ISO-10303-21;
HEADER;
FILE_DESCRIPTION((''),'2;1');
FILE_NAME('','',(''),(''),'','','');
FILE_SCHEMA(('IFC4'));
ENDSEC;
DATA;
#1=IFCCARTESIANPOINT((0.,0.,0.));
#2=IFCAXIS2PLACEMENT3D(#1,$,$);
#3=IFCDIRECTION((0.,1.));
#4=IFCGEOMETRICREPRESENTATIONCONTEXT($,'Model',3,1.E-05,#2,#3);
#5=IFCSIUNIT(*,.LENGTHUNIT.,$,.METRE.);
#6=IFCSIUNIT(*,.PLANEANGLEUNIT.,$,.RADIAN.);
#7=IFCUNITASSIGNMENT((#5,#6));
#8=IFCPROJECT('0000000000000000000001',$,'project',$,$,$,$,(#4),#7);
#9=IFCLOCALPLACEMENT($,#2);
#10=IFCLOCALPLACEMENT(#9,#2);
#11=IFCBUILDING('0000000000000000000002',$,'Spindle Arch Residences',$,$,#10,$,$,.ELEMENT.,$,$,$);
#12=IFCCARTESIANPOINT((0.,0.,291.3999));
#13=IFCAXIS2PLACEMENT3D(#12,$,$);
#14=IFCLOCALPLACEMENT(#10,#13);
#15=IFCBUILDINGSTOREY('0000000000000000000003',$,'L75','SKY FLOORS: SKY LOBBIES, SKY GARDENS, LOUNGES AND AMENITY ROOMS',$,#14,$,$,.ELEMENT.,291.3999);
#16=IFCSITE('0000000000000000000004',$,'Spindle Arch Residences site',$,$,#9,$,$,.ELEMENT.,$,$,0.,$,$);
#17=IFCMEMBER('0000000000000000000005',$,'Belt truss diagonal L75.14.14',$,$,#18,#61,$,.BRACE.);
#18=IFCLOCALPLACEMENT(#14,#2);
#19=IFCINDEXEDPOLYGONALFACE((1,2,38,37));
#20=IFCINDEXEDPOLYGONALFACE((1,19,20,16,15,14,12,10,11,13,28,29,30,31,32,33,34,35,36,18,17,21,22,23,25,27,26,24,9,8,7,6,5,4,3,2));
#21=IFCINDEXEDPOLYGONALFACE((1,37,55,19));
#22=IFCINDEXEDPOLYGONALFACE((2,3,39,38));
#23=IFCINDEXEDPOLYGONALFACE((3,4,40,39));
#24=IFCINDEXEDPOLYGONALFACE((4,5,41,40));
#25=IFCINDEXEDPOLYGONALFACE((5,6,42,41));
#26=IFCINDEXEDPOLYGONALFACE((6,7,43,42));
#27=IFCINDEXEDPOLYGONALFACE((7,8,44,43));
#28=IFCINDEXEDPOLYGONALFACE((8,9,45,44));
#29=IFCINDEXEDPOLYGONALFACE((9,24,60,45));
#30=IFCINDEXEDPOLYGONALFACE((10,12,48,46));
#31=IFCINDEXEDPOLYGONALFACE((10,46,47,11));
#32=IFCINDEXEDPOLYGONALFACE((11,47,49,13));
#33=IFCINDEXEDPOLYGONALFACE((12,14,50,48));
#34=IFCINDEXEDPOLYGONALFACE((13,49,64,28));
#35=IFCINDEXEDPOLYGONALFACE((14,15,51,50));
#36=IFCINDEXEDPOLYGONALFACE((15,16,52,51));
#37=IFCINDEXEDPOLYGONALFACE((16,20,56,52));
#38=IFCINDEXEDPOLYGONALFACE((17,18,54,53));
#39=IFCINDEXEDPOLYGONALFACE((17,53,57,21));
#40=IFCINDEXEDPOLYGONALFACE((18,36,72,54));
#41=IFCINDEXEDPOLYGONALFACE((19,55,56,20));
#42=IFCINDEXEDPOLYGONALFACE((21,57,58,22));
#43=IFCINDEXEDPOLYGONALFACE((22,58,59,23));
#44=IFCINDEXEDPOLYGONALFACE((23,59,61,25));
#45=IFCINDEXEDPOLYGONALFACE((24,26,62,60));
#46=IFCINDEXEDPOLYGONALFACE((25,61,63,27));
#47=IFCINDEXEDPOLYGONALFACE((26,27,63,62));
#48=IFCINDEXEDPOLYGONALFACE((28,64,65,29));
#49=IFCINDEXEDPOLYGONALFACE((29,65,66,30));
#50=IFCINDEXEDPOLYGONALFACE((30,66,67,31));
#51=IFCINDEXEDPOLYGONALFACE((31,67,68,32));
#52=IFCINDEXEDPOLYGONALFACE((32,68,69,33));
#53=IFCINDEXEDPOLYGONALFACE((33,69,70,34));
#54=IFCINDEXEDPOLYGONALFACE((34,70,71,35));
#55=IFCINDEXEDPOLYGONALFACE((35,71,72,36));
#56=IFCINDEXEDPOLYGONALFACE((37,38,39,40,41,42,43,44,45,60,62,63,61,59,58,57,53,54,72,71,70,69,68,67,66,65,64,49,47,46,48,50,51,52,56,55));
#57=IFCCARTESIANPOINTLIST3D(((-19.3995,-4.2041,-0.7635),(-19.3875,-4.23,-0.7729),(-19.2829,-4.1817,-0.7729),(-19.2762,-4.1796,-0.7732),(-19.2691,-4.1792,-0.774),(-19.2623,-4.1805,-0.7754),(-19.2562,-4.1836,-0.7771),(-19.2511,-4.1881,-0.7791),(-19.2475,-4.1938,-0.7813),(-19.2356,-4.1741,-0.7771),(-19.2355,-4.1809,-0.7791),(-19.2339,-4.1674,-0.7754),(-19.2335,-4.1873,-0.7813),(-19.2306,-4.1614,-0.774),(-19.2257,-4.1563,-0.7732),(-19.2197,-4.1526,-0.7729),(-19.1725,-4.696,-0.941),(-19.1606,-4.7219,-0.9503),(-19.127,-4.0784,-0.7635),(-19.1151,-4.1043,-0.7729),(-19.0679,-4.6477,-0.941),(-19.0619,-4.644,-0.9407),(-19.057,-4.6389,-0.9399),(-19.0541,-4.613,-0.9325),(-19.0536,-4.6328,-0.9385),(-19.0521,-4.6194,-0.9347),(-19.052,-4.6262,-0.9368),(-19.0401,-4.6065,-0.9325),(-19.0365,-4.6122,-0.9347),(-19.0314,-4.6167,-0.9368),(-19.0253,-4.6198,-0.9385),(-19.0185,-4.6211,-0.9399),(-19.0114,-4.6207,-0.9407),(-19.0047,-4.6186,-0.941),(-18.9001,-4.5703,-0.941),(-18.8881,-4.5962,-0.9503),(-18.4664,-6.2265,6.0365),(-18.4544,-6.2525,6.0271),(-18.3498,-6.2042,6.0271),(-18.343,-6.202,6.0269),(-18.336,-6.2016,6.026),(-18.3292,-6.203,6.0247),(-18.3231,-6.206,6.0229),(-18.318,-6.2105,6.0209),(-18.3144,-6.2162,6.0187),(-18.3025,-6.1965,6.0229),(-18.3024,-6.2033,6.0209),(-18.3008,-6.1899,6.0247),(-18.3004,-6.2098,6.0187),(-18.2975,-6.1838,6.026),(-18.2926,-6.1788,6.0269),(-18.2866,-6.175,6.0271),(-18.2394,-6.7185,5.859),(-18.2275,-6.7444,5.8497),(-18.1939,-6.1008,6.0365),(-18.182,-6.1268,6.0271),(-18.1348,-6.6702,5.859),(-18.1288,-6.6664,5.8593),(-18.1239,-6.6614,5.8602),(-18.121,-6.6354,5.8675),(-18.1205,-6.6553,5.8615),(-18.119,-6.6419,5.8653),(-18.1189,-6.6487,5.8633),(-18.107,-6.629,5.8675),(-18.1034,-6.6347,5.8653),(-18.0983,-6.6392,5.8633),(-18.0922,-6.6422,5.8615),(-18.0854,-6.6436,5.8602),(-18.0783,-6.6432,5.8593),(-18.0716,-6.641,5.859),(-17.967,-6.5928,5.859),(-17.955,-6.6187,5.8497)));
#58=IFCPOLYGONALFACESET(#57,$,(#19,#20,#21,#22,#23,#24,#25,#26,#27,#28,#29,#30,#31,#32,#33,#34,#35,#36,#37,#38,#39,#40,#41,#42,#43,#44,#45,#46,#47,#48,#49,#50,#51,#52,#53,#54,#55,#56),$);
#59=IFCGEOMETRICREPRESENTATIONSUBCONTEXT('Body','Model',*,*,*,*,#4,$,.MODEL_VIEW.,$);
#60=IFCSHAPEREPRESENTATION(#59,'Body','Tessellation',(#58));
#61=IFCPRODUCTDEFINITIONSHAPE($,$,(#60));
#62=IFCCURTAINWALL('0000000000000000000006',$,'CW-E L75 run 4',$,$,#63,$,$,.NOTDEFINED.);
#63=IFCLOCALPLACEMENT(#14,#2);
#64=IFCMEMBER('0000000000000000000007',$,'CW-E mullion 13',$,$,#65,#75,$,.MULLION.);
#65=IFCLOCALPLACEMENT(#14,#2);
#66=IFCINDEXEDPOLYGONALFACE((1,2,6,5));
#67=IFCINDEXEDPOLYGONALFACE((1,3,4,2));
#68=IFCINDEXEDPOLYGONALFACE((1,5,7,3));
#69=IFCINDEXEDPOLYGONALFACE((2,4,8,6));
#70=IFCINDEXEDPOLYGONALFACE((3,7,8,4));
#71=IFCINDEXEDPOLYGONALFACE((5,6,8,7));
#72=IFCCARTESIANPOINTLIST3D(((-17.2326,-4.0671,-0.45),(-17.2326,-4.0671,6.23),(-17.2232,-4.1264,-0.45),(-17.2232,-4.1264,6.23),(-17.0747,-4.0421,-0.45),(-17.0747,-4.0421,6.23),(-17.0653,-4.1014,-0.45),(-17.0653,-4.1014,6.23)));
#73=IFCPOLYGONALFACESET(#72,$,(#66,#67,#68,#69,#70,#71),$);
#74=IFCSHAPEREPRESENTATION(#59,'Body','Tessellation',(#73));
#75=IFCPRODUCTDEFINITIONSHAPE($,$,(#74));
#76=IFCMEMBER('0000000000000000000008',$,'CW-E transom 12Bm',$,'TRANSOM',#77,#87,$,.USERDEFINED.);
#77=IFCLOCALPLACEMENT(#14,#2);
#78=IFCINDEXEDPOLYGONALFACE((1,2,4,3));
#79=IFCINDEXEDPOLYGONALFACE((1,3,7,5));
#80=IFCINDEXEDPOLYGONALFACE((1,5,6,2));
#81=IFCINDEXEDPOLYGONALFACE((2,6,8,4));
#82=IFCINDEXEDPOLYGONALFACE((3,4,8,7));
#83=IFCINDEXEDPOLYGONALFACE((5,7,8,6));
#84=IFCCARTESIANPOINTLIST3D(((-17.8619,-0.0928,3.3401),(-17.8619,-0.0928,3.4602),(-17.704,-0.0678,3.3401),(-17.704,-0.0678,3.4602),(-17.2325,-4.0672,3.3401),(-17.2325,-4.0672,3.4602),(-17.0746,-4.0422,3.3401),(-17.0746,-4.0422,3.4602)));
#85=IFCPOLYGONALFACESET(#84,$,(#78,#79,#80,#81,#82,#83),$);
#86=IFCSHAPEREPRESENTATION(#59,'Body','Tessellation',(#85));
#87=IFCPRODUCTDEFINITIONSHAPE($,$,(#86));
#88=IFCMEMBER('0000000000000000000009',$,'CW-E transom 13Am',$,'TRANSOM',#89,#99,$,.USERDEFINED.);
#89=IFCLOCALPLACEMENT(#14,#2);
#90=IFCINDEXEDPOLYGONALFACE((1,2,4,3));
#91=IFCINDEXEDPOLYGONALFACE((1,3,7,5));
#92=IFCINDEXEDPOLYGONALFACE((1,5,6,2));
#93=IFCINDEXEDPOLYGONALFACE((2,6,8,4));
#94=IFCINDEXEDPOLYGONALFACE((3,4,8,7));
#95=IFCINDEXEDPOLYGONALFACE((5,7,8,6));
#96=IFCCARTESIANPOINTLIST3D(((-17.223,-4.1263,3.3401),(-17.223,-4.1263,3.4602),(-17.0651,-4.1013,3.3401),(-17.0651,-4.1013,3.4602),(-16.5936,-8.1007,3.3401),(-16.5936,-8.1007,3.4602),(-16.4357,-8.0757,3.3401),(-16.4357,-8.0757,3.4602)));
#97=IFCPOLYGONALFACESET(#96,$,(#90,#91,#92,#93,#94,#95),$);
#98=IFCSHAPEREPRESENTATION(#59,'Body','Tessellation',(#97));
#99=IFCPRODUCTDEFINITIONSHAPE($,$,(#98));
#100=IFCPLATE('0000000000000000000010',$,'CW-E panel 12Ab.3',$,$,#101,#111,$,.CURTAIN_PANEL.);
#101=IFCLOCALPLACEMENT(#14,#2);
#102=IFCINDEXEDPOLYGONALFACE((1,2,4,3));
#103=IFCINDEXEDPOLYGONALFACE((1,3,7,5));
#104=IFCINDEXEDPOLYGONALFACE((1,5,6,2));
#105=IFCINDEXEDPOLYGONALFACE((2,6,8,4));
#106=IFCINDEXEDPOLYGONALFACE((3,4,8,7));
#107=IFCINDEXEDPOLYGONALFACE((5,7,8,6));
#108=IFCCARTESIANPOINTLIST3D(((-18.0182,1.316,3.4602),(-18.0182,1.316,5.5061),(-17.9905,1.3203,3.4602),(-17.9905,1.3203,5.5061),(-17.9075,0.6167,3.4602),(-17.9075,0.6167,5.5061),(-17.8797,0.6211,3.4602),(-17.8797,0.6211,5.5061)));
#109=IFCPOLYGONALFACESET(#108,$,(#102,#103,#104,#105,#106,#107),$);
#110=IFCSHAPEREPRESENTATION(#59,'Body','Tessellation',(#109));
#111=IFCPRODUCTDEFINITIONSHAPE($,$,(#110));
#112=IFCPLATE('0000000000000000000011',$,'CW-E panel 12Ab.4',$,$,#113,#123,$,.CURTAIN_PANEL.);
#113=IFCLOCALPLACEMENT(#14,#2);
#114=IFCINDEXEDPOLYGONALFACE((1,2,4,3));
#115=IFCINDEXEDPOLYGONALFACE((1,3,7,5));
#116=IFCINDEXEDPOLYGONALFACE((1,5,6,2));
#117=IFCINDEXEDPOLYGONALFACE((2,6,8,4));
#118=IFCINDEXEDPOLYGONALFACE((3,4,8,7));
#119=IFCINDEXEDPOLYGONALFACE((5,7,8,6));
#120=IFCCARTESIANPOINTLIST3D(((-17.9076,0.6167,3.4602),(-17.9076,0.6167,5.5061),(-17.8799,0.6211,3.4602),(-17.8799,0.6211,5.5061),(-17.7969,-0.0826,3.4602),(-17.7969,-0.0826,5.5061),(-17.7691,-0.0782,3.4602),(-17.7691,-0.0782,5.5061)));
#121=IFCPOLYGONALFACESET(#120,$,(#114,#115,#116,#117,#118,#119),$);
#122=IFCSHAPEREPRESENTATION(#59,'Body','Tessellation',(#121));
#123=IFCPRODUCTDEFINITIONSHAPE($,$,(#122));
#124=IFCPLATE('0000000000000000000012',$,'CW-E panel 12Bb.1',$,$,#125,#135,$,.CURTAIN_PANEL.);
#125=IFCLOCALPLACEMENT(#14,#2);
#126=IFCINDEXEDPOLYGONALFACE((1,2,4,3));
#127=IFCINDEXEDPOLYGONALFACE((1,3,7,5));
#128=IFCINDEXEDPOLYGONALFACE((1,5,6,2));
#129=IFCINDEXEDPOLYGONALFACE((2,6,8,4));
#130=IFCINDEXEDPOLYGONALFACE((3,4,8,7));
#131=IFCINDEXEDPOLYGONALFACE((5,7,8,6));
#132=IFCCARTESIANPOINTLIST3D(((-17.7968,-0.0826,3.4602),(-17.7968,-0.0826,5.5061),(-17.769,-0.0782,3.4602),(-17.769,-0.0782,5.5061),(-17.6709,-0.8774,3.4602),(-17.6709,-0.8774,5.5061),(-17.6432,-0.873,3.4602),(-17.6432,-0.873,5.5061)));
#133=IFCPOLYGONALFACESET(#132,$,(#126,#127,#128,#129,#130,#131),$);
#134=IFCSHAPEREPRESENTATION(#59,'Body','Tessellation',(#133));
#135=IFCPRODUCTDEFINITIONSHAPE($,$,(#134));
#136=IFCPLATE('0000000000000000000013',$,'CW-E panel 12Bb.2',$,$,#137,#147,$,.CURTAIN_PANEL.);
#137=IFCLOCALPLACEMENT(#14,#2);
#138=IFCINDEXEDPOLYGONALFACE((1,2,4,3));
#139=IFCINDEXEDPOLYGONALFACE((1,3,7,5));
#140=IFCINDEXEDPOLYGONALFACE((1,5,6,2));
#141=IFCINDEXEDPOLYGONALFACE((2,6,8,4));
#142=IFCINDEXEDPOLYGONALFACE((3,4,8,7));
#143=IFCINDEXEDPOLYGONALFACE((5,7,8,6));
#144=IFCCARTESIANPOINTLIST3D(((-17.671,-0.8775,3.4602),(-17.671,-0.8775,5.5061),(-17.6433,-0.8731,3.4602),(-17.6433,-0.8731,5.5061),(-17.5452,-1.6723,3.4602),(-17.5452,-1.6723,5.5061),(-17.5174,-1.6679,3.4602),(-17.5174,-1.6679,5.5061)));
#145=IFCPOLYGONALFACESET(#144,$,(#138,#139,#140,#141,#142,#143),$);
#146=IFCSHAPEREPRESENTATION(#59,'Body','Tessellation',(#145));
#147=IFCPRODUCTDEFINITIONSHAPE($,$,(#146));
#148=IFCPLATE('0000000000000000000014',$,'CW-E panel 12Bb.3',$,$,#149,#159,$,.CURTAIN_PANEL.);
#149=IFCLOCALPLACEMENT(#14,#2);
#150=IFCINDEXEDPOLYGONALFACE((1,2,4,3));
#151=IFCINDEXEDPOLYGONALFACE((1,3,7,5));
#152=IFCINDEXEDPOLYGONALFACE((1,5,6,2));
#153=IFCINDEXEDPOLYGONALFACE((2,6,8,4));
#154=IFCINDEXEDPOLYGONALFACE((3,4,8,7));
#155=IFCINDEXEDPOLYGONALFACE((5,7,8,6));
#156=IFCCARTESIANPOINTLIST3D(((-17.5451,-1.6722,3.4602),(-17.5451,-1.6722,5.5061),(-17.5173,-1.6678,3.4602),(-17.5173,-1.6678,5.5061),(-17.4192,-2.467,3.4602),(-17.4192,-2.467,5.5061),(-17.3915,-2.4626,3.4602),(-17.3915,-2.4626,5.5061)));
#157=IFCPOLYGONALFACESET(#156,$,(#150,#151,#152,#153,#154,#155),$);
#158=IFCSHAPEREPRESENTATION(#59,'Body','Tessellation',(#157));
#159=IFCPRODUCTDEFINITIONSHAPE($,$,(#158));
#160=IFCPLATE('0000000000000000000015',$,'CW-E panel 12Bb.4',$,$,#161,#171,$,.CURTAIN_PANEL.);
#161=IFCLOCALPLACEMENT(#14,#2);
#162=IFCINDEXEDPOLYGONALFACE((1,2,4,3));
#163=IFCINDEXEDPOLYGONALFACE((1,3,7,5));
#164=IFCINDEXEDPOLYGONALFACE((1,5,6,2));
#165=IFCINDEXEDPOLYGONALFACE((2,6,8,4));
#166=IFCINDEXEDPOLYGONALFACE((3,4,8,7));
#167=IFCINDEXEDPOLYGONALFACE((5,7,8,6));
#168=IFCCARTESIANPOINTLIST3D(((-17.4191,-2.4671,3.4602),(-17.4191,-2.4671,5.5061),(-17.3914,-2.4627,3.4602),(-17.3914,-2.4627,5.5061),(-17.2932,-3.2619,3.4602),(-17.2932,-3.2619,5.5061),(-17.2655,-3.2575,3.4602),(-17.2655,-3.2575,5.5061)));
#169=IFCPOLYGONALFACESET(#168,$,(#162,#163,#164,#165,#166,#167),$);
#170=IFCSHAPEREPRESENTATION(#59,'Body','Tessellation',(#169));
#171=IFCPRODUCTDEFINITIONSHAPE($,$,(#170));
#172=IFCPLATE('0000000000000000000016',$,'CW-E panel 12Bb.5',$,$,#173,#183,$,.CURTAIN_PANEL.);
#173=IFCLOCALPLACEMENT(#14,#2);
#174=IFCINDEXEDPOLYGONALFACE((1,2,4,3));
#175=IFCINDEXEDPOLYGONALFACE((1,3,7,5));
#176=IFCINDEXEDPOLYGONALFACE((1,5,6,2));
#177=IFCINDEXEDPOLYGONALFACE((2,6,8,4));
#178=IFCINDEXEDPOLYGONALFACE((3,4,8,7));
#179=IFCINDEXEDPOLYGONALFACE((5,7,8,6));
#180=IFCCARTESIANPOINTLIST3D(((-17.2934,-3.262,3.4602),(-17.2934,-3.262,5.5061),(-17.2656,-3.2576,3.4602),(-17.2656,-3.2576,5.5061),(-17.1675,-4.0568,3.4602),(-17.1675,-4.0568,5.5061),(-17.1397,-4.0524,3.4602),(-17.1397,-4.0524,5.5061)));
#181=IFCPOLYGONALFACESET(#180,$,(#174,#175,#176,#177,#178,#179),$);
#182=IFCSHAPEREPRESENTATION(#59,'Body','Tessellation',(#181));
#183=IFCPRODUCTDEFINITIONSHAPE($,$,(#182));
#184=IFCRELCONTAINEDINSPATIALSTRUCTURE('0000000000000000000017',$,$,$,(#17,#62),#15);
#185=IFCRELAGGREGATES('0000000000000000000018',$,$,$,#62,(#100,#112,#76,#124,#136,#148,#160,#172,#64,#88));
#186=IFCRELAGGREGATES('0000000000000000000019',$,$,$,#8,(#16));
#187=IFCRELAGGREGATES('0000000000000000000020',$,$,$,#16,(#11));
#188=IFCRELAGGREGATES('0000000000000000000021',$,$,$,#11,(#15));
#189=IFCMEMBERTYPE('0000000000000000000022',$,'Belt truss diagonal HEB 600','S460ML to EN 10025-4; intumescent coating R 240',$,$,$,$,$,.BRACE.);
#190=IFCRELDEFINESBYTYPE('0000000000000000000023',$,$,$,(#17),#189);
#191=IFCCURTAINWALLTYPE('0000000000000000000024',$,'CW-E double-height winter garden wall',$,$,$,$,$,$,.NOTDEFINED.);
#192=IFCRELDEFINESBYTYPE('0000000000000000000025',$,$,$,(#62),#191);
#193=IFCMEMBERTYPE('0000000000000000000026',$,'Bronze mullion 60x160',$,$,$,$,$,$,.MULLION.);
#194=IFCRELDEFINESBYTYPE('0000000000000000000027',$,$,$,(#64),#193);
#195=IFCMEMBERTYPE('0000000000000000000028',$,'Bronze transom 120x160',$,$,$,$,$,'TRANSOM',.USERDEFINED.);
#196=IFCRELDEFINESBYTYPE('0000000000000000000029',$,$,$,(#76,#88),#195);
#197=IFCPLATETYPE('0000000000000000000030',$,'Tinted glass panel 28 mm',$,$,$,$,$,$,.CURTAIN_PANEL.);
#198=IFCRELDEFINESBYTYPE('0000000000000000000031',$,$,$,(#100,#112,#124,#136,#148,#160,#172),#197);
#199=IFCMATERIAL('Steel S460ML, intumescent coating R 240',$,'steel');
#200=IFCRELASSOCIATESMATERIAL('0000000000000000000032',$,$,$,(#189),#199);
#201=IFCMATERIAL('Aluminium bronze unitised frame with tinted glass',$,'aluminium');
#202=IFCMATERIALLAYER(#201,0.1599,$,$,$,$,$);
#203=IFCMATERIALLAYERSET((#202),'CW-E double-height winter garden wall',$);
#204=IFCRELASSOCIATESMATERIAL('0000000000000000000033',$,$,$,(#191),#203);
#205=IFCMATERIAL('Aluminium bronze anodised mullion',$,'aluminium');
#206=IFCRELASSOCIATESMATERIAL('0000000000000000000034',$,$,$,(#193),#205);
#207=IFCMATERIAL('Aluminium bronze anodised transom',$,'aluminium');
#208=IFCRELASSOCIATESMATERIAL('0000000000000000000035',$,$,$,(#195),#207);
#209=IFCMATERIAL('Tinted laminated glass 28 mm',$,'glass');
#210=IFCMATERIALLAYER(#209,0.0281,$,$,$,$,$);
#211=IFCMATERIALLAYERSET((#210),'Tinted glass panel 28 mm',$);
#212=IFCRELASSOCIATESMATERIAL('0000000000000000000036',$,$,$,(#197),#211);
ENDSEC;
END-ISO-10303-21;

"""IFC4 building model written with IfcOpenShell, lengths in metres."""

from ifc_helpers import new_model, si_unit, direction, frame, origin, origin_2d, place, context, subcontext, project, spatial, rectangle, i_section, extrude, material, layer, layer_set, material_profile, profile_set, type_object, element, aggregate, save


model = new_model("IFC4")

# Units and contexts
model_context = context("Model", 3, precision=1e-05, world=origin(), true_north=direction((0.0, 1.0)))
body_context = subcontext(model_context, "Body", "Model", "MODEL_VIEW")
ifc_project = project(units=[si_unit("LENGTHUNIT", "METRE"), si_unit("PLANEANGLEUNIT", "RADIAN")], contexts=[model_context])

# Site, building, storey
site_placement = place(None, origin())
site = spatial("IfcSite", under=ifc_project, at=site_placement, Name="Spindle Arch Residences site", CompositionType="ELEMENT", RefElevation=0.0)
building_placement = place(site_placement, origin())
building = spatial("IfcBuilding", under=site, at=building_placement, Name="Spindle Arch Residences", CompositionType="ELEMENT")
storey_placement = place(building_placement, frame((0.0, 0.0, 291.3999)))
storey = spatial("IfcBuildingStorey", under=building, at=storey_placement, Name="L75", Description="SKY FLOORS: SKY LOBBIES, SKY GARDENS, LOUNGES AND AMENITY ROOMS", CompositionType="ELEMENT", Elevation=291.3999)

# Member
ifc_material_1 = material(Name="Steel S460ML, intumescent coating R 240", Category="steel")
ifc_material_profile_1 = material_profile(ifc_material_1, i_section(OverallWidth=0.3, OverallDepth=0.6001, WebThickness=0.0154, FlangeThickness=0.03, FilletRadius=0.0271, at=origin_2d()), Name="HEB 600")
ifc_profile_set_1 = profile_set([ifc_material_profile_1], Name="Steel S460ML, intumescent coating R 240")
member_type_1 = type_object("IfcMemberType", Name="Belt truss diagonal HEB 600", Description="S460ML to EN 10025-4; intumescent coating R 240", PredefinedType="BRACE", material=ifc_profile_set_1)
member_1_placement = place(storey_placement, frame((-19.1438, -4.4001, -0.8569), z_axis=(0.130403, -0.282643, 0.95032), x_axis=(0.908017, 0.418933, 0.0)))
element("IfcMember", 1, at=member_1_placement, inside=storey, type_object=member_type_1, Name="Belt truss diagonal L75.14.14", PredefinedType="BRACE", context=body_context, shape_type="SweptSolid", body=[
    extrude(i_section(OverallWidth=0.3, OverallDepth=0.6001, WebThickness=0.0154, FlangeThickness=0.03, FilletRadius=0.0271, at=origin_2d()), origin(), (0.0, 0.0, 1.0), 7.1555),
])

# Curtain wall, members, plates
ifc_material_2 = material(Name="Aluminium bronze unitised frame with tinted glass", Category="aluminium")
ifc_layer_1 = layer(ifc_material_2, 0.1599)
ifc_layer_set_1 = layer_set([ifc_layer_1], Name="CW-E double-height winter garden wall")
curtain_wall_type = type_object("IfcCurtainWallType", Name="CW-E double-height winter garden wall", PredefinedType="NOTDEFINED", material=ifc_layer_set_1)
curtain_wall_placement = place(storey_placement, origin())
curtain_wall = element("IfcCurtainWall", 2, at=curtain_wall_placement, inside=storey, type_object=curtain_wall_type, Name="CW-E L75 run 4", PredefinedType="NOTDEFINED")
ifc_material_3 = material(Name="Aluminium bronze anodised mullion", Category="aluminium")
ifc_material_profile_2 = material_profile(ifc_material_3, rectangle(XDim=0.1599, YDim=0.0601, at=origin_2d()), Name="MU 60x160")
ifc_profile_set_2 = profile_set([ifc_material_profile_2], Name="Aluminium bronze anodised mullion")
member_type_2 = type_object("IfcMemberType", Name="Bronze mullion 60x160", PredefinedType="MULLION", material=ifc_profile_set_2)
member_2_placement = place(storey_placement, frame((-17.1489, -4.0842, -0.45), z_axis=(0.0, 0.0, 1.0), x_axis=(0.987688, 0.156434, 0.0)))
member_2 = element("IfcMember", 3, at=member_2_placement, type_object=member_type_2, Name="CW-E mullion 13", PredefinedType="MULLION", context=body_context, shape_type="SweptSolid", body=[
    extrude(rectangle(XDim=0.1599, YDim=0.0601, at=origin_2d()), origin(), (0.0, 0.0, 1.0), 6.6799),
])
ifc_material_4 = material(Name="Aluminium bronze anodised transom", Category="aluminium")
ifc_material_profile_3 = material_profile(ifc_material_4, rectangle(XDim=0.1599, YDim=0.1201, at=origin_2d()), Name="TR 120x160")
ifc_profile_set_3 = profile_set([ifc_material_profile_3], Name="Aluminium bronze anodised transom")
member_type_3 = type_object("IfcMemberType", Name="Bronze transom 120x160", ElementType="TRANSOM", PredefinedType="USERDEFINED", material=ifc_profile_set_3)
member_3_placement = place(storey_placement, frame((-17.783, -0.0803, 3.4001), z_axis=(0.156414, -0.987692, 0.0), x_axis=(0.987692, 0.156414, 0.0)))
member_3 = element("IfcMember", 4, at=member_3_placement, type_object=member_type_3, Name="CW-E transom 12Bm", ObjectType="TRANSOM", PredefinedType="USERDEFINED", context=body_context, shape_type="SweptSolid", body=[
    extrude(rectangle(XDim=0.1599, YDim=0.1201, at=origin_2d()), origin(), (0.0, 0.0, 1.0), 4.0239),
])
member_4_placement = place(storey_placement, frame((-17.144, -4.1138, 3.4001), z_axis=(0.156414, -0.987692, 0.0), x_axis=(0.987692, 0.156414, 0.0)))
member_4 = element("IfcMember", 5, at=member_4_placement, type_object=member_type_3, Name="CW-E transom 13Am", ObjectType="TRANSOM", PredefinedType="USERDEFINED", context=body_context, shape_type="SweptSolid", body=[
    extrude(rectangle(XDim=0.1599, YDim=0.1201, at=origin_2d()), origin(), (0.0, 0.0, 1.0), 4.0239),
])
ifc_material_5 = material(Name="Tinted laminated glass 28 mm", Category="glass")
ifc_layer_2 = layer(ifc_material_5, 0.0281)
ifc_layer_set_2 = layer_set([ifc_layer_2], Name="Tinted glass panel 28 mm")
plate_type_1 = type_object("IfcPlateType", Name="Tinted glass panel 28 mm", PredefinedType="CURTAIN_PANEL", material=ifc_layer_set_2)
plate_1_placement = place(storey_placement, frame((-17.949, 0.9685, 3.4602), z_axis=(0.0, 0.0, 1.0), x_axis=(0.156434, -0.987688, 0.0)))
plate_1 = element("IfcPlate", 6, at=plate_1_placement, type_object=plate_type_1, Name="CW-E panel 12Ab.3", PredefinedType="CURTAIN_PANEL", context=body_context, shape_type="SweptSolid", body=[
    extrude(rectangle(XDim=0.708, YDim=0.0281, at=origin_2d()), origin(), (0.0, 0.0, 1.0), 2.0459),
])
plate_2_placement = place(storey_placement, frame((-17.8384, 0.2693, 3.4602), z_axis=(0.0, 0.0, 1.0), x_axis=(0.156434, -0.987688, 0.0)))
plate_2 = element("IfcPlate", 7, at=plate_2_placement, type_object=plate_type_1, Name="CW-E panel 12Ab.4", PredefinedType="CURTAIN_PANEL", context=body_context, shape_type="SweptSolid", body=[
    extrude(rectangle(XDim=0.708, YDim=0.0281, at=origin_2d()), origin(), (0.0, 0.0, 1.0), 2.0459),
])
plate_3_placement = place(storey_placement, frame((-17.72, -0.4778, 3.4602), z_axis=(0.0, 0.0, 1.0), x_axis=(0.156434, -0.987688, 0.0)))
plate_3 = element("IfcPlate", 8, at=plate_3_placement, type_object=plate_type_1, Name="CW-E panel 12Bb.1", PredefinedType="CURTAIN_PANEL", context=body_context, shape_type="SweptSolid", body=[
    extrude(rectangle(XDim=0.8047, YDim=0.0281, at=origin_2d()), origin(), (0.0, 0.0, 1.0), 2.0459),
])
plate_4_placement = place(storey_placement, frame((-17.5942, -1.2727, 3.4602), z_axis=(0.0, 0.0, 1.0), x_axis=(0.156434, -0.987688, 0.0)))
plate_4 = element("IfcPlate", 9, at=plate_4_placement, type_object=plate_type_1, Name="CW-E panel 12Bb.2", PredefinedType="CURTAIN_PANEL", context=body_context, shape_type="SweptSolid", body=[
    extrude(rectangle(XDim=0.8047, YDim=0.0281, at=origin_2d()), origin(), (0.0, 0.0, 1.0), 2.0459),
])
plate_5_placement = place(storey_placement, frame((-17.4683, -2.0674, 3.4602), z_axis=(0.0, 0.0, 1.0), x_axis=(0.156434, -0.987688, 0.0)))
plate_5 = element("IfcPlate", 10, at=plate_5_placement, type_object=plate_type_1, Name="CW-E panel 12Bb.3", PredefinedType="CURTAIN_PANEL", context=body_context, shape_type="SweptSolid", body=[
    extrude(rectangle(XDim=0.8047, YDim=0.0281, at=origin_2d()), origin(), (0.0, 0.0, 1.0), 2.0459),
])
plate_6_placement = place(storey_placement, frame((-17.3423, -2.8623, 3.4602), z_axis=(0.0, 0.0, 1.0), x_axis=(0.156434, -0.987688, 0.0)))
plate_6 = element("IfcPlate", 11, at=plate_6_placement, type_object=plate_type_1, Name="CW-E panel 12Bb.4", PredefinedType="CURTAIN_PANEL", context=body_context, shape_type="SweptSolid", body=[
    extrude(rectangle(XDim=0.8047, YDim=0.0281, at=origin_2d()), origin(), (0.0, 0.0, 1.0), 2.0459),
])
plate_7_placement = place(storey_placement, frame((-17.2166, -3.6572, 3.4602), z_axis=(0.0, 0.0, 1.0), x_axis=(0.156434, -0.987688, 0.0)))
plate_7 = element("IfcPlate", 12, at=plate_7_placement, type_object=plate_type_1, Name="CW-E panel 12Bb.5", PredefinedType="CURTAIN_PANEL", context=body_context, shape_type="SweptSolid", body=[
    extrude(rectangle(XDim=0.8047, YDim=0.0281, at=origin_2d()), origin(), (0.0, 0.0, 1.0), 2.0459),
])
aggregate(curtain_wall, [plate_1, plate_2, member_3, plate_3, plate_4, plate_5, plate_6, plate_7, member_2, member_4])

save(model, "model.ifc")
